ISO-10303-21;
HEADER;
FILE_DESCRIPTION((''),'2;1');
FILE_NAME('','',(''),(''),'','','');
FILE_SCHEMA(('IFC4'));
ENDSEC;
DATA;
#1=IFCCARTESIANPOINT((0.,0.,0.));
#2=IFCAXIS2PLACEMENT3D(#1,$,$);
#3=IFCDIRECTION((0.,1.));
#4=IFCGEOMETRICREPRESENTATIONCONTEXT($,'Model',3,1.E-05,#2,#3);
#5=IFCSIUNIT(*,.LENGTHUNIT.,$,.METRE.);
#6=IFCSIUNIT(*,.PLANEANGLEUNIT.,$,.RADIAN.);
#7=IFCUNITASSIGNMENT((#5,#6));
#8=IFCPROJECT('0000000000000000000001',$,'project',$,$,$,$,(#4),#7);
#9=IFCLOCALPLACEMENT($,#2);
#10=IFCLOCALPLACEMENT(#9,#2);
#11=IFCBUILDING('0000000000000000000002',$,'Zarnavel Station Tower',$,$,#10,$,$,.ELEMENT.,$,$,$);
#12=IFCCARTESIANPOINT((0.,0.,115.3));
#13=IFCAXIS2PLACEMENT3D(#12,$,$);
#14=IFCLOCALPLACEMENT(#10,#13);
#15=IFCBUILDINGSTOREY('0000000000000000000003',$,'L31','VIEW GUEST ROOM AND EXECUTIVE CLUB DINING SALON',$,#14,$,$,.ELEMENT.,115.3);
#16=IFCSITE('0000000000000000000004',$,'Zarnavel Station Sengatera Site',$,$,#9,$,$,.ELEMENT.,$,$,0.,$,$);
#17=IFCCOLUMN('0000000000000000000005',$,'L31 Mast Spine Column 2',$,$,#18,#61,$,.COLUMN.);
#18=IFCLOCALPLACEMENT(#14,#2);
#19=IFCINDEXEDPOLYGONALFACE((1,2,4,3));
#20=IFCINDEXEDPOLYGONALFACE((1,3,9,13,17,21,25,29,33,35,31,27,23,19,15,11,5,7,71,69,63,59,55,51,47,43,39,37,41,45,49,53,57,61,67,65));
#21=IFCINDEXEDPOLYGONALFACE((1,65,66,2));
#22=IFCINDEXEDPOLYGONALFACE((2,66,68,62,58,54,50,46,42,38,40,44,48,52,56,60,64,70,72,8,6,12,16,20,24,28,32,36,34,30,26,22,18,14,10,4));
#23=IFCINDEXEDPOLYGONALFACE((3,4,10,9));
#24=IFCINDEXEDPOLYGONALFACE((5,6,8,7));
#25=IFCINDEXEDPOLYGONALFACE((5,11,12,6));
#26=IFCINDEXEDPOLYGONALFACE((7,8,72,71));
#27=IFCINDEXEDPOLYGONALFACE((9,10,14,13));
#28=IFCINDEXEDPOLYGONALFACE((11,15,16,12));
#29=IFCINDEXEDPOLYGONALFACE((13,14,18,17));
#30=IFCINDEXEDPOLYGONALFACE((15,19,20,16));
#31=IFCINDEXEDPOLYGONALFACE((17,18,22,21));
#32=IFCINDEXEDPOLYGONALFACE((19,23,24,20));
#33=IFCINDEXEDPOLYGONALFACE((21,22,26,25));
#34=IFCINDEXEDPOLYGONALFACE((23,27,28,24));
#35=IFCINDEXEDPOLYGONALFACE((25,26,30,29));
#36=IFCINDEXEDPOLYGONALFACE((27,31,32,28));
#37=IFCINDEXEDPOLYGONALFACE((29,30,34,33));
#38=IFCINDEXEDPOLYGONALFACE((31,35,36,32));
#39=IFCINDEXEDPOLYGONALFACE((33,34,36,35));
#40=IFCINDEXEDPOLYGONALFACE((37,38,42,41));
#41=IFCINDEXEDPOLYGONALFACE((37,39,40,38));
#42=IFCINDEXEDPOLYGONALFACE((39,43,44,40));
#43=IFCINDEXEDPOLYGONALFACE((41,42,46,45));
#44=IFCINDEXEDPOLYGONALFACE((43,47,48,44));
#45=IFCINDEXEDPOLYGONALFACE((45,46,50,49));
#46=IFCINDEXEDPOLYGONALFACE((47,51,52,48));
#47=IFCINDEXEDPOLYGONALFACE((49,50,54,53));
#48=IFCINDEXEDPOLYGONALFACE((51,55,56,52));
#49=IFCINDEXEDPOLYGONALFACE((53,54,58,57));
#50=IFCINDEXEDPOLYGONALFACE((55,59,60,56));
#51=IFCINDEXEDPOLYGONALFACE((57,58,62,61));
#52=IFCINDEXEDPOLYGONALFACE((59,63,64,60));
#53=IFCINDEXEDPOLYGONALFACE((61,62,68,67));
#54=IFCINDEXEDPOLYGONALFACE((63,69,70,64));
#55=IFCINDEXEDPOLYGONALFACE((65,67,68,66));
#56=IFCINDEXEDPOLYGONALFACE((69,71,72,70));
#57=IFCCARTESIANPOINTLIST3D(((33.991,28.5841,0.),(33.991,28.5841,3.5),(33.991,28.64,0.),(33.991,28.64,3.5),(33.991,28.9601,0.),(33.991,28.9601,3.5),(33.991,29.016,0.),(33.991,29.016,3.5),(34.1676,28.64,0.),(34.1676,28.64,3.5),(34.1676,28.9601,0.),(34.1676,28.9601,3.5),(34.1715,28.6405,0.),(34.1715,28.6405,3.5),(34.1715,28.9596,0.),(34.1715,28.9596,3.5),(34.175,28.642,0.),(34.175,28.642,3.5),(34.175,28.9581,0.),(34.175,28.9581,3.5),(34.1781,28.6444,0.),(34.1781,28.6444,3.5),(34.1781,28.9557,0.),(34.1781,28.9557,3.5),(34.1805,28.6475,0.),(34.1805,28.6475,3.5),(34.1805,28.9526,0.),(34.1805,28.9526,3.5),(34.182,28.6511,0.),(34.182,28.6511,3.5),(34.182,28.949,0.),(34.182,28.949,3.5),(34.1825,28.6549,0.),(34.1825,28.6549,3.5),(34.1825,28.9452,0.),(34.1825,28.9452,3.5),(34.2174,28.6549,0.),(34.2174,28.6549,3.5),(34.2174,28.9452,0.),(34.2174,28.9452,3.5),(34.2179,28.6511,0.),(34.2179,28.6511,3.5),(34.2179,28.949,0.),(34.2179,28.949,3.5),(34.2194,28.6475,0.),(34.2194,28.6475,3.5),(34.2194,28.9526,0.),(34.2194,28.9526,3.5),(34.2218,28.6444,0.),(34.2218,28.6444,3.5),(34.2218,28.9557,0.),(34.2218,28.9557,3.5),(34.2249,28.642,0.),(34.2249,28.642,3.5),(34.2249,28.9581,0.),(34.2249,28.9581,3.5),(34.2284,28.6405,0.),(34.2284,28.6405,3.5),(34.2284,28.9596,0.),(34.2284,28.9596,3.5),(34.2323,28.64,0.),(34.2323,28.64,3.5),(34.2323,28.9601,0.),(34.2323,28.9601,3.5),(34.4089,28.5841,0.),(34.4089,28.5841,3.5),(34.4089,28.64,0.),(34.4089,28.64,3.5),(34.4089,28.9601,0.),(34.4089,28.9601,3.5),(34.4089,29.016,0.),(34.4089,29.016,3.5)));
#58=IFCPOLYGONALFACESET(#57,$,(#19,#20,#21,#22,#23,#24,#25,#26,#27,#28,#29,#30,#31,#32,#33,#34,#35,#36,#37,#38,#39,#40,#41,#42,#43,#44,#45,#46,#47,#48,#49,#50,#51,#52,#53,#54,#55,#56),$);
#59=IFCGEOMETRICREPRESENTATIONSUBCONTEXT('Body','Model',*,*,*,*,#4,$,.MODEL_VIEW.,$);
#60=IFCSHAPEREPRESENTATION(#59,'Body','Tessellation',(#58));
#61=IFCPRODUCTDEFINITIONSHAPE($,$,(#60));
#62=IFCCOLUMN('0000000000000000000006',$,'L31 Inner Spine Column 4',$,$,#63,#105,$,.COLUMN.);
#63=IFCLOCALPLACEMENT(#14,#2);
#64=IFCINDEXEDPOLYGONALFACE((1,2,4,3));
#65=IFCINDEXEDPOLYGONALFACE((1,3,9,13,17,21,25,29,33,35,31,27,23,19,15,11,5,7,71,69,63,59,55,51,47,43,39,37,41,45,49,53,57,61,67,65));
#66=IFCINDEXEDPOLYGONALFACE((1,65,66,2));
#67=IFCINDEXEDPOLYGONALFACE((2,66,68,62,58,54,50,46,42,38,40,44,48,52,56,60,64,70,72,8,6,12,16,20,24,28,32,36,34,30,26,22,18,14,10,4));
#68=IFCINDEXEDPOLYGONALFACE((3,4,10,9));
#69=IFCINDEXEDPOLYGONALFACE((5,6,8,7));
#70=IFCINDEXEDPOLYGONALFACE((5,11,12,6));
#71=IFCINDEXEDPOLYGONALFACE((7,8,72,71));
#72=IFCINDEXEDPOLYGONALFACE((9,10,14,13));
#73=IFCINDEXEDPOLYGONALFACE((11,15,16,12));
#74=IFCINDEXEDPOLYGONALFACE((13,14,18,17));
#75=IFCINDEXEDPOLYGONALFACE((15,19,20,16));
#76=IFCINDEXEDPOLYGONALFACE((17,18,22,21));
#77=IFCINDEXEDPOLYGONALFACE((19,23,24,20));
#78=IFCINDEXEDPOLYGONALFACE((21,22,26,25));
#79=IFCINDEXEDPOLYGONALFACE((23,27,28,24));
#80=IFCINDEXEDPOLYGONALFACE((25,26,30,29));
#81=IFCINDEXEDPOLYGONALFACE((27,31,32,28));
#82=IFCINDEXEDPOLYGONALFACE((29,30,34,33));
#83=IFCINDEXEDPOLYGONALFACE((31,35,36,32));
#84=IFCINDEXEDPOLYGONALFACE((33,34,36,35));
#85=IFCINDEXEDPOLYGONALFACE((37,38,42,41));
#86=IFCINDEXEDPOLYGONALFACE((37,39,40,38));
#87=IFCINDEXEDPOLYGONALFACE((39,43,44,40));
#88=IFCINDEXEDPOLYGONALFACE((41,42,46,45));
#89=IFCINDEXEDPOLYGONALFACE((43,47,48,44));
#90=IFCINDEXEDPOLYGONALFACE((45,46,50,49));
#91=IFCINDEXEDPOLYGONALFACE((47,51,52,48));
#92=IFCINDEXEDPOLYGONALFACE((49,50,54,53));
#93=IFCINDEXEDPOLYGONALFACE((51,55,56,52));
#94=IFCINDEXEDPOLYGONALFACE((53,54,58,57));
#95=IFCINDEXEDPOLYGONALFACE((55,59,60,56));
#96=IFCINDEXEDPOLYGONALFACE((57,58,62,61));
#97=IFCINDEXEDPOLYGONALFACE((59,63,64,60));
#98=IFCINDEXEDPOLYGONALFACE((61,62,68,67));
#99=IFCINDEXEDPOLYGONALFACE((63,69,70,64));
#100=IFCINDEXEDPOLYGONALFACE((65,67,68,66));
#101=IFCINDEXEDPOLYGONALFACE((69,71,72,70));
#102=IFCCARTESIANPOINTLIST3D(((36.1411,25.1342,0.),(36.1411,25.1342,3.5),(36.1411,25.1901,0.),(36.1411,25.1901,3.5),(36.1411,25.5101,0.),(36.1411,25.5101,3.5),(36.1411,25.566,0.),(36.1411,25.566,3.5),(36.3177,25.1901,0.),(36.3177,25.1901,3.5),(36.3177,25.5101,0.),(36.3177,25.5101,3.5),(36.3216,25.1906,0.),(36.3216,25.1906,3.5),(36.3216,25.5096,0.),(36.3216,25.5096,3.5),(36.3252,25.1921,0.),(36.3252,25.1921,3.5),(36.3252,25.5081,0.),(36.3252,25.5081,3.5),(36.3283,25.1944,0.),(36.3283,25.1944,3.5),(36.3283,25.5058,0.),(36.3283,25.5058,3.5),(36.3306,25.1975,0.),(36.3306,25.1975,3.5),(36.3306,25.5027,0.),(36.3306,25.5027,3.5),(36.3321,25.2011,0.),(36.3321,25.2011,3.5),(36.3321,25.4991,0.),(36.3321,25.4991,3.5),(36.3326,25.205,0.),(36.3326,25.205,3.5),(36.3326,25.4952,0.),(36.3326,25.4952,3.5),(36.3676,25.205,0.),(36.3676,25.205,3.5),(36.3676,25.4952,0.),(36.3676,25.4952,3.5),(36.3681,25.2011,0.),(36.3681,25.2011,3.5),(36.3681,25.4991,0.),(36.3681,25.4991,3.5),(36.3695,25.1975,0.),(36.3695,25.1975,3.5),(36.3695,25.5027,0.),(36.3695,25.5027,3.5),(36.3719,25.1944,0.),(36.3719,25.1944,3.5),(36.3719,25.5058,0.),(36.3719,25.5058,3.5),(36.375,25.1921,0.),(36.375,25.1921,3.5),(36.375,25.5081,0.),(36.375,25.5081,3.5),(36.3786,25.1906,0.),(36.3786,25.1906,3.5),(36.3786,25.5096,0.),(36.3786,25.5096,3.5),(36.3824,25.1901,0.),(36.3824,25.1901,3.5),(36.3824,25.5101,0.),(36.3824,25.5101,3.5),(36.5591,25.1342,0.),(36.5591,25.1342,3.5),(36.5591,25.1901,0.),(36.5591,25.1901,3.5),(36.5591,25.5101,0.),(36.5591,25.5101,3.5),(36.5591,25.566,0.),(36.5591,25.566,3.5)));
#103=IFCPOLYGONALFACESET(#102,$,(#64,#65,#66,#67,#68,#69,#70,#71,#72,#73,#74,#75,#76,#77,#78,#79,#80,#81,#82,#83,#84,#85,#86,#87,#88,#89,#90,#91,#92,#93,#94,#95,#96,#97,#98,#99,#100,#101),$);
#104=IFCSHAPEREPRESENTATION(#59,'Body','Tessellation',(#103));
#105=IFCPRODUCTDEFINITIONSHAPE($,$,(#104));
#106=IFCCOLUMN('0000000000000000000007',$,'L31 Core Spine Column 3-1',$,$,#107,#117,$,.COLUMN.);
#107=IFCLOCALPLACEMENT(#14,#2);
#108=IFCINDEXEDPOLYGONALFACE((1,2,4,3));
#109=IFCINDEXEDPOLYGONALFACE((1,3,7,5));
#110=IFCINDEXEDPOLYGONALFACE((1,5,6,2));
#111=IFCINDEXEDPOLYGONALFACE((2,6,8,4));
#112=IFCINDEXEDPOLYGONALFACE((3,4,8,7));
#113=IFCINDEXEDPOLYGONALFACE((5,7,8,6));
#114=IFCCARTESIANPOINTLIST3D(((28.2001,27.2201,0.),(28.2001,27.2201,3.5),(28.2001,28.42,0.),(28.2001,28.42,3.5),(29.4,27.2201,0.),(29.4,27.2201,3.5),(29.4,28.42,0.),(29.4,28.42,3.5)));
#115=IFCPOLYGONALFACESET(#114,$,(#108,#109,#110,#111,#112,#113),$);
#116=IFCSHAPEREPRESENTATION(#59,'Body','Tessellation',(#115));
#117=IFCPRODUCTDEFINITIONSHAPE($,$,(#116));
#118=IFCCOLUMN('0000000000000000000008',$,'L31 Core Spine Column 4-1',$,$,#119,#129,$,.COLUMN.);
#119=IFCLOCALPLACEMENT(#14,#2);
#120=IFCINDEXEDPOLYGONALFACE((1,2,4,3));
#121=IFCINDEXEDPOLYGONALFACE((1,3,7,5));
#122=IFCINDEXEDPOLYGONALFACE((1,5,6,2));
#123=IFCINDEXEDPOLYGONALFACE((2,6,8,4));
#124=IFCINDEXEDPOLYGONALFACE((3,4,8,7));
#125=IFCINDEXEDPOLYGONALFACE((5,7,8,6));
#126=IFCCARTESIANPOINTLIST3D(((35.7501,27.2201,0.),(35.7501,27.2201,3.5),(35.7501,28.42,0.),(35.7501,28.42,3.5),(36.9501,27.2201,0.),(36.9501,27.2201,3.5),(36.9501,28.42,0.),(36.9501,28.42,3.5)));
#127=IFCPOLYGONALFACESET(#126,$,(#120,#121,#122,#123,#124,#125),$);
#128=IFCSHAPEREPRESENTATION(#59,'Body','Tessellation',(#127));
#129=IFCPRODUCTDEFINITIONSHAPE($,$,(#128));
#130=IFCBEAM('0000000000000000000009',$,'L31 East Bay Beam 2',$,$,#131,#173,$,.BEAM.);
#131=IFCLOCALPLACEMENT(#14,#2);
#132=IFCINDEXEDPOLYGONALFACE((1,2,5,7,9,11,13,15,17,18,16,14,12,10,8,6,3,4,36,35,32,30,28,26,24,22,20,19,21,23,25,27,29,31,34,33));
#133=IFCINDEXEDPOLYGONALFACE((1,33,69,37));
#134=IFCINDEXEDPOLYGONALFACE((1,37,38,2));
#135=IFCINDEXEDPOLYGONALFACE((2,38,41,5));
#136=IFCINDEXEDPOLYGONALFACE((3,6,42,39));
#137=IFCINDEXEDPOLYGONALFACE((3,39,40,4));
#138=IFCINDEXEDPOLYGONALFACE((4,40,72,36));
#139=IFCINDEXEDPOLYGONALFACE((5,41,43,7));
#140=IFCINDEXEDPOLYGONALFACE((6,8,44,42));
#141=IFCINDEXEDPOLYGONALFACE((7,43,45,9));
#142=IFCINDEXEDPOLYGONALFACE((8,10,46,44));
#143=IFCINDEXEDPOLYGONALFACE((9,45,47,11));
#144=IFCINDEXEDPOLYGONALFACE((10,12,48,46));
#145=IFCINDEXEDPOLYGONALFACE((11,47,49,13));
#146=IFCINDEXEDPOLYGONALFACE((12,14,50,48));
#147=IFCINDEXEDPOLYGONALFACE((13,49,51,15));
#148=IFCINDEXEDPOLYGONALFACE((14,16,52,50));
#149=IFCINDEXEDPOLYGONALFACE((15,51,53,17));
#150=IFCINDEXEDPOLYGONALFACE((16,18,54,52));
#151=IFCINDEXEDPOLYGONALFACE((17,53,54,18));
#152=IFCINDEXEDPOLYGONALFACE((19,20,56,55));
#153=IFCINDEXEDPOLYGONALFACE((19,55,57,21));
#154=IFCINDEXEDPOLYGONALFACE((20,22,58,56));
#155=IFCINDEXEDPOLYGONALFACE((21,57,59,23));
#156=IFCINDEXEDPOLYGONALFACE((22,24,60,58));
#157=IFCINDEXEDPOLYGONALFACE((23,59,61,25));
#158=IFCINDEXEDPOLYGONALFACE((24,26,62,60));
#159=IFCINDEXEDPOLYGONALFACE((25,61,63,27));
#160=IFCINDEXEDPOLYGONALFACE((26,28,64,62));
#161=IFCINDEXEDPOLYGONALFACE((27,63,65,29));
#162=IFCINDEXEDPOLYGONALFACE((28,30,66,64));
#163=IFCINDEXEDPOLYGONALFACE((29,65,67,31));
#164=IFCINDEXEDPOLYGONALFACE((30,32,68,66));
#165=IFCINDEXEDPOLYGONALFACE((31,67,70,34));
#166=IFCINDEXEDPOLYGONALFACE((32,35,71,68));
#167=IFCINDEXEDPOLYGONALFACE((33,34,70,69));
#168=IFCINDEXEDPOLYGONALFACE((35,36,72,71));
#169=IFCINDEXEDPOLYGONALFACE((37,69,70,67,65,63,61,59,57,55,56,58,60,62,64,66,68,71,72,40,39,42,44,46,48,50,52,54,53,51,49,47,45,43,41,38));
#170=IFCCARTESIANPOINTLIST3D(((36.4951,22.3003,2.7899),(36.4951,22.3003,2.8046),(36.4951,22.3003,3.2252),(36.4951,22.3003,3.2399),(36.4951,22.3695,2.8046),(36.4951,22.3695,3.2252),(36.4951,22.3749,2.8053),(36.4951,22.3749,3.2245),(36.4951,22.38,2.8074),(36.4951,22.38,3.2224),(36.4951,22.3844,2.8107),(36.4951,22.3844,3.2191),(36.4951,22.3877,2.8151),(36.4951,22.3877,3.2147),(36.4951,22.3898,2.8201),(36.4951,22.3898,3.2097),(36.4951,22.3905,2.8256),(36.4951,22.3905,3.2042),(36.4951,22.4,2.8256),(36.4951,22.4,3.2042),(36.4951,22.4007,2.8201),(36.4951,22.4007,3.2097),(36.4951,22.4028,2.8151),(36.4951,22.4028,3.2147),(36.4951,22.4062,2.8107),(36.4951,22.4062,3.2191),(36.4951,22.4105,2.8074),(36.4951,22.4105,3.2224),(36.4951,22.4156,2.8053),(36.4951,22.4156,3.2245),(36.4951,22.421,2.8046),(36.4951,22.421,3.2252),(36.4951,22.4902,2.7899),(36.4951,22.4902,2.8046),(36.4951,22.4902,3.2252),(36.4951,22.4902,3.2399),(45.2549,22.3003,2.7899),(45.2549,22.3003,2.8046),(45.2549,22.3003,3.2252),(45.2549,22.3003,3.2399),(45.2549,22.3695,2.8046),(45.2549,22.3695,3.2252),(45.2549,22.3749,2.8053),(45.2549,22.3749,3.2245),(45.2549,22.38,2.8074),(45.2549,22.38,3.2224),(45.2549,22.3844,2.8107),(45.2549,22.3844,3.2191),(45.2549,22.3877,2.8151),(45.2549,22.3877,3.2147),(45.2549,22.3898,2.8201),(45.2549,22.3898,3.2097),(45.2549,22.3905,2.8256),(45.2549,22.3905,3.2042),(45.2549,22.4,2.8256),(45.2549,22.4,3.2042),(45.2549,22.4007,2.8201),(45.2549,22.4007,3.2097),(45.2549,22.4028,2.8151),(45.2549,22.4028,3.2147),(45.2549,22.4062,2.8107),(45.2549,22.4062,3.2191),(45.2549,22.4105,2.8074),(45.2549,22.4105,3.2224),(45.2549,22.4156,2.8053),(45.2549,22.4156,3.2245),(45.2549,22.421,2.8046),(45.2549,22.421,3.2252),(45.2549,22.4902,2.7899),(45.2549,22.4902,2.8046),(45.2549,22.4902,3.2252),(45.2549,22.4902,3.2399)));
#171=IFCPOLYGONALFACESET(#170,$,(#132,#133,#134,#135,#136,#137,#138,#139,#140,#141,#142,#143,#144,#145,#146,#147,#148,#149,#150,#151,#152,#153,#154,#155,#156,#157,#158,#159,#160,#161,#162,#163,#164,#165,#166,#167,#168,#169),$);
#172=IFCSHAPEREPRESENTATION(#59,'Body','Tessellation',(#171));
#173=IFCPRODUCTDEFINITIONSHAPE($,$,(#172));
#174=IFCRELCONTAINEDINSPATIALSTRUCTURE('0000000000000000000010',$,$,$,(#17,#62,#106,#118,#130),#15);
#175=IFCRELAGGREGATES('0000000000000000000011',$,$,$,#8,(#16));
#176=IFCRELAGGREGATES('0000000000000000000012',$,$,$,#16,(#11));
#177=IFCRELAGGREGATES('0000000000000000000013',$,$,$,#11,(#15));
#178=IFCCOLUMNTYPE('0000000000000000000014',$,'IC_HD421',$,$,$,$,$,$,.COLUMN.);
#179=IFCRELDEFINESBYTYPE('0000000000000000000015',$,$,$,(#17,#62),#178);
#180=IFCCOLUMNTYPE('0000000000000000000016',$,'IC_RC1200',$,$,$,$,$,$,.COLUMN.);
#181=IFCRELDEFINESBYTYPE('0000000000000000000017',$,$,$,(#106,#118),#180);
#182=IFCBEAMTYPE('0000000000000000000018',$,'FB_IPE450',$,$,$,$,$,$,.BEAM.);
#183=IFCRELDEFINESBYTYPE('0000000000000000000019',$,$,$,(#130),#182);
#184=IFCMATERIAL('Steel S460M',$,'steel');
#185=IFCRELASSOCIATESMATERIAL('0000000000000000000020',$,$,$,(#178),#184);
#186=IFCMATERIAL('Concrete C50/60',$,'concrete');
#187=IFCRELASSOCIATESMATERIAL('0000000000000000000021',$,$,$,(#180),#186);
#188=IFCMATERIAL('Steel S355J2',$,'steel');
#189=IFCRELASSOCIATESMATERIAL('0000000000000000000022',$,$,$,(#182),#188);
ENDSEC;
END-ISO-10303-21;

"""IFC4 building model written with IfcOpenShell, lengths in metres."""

from ifc_helpers import new_model, si_unit, direction, frame, origin, origin_2d, place, context, subcontext, project, spatial, rectangle, i_section, extrude, material, material_profile, profile_set, type_object, element, save


model = new_model("IFC4")

# Units and contexts
model_context = context("Model", 3, precision=1e-05, world=origin(), true_north=direction((0.0, 1.0)))
body_context = subcontext(model_context, "Body", "Model", "MODEL_VIEW")
ifc_project = project(units=[si_unit("LENGTHUNIT", "METRE"), si_unit("PLANEANGLEUNIT", "RADIAN")], contexts=[model_context])

# Site, building, storey
site_placement = place(None, origin())
site = spatial("IfcSite", under=ifc_project, at=site_placement, Name="Zarnavel Station Sengatera Site", CompositionType="ELEMENT", RefElevation=0.0)
building_placement = place(site_placement, origin())
building = spatial("IfcBuilding", under=site, at=building_placement, Name="Zarnavel Station Tower", CompositionType="ELEMENT")
storey_placement = place(building_placement, frame((0.0, 0.0, 115.3)))
storey = spatial("IfcBuildingStorey", under=building, at=storey_placement, Name="L31", Description="VIEW GUEST ROOM AND EXECUTIVE CLUB DINING SALON", CompositionType="ELEMENT", Elevation=115.3)

# Columns
ifc_material_1 = material(Name="Steel S460M", Category="steel")
ifc_material_profile_1 = material_profile(ifc_material_1, i_section(OverallWidth=0.418, OverallDepth=0.4319, WebThickness=0.0349, FlangeThickness=0.0559, FilletRadius=0.0149, at=origin_2d()), Name="HD400x421")
ifc_profile_set_1 = profile_set([ifc_material_profile_1], Name="Steel S460M")
column_type_1 = type_object("IfcColumnType", Name="IC_HD421", PredefinedType="COLUMN", material=ifc_profile_set_1)
for number, where, z_axis, x_axis, name in (
    (1, (34.2, 28.8, 0.0), (0.0, 0.0, 1.0), (1.0, 0.0, 0.0), "L31 Mast Spine Column 2"),
    (2, (36.3501, 25.3501, 0.0), (0.0, 0.0, 1.0), (1.0, 0.0, 0.0), "L31 Inner Spine Column 4"),
):
    element("IfcColumn", number, at=place(storey_placement, frame(where, z_axis=z_axis, x_axis=x_axis)), inside=storey, type_object=column_type_1, Name=name, PredefinedType="COLUMN", context=body_context, shape_type="SweptSolid", body=[
        extrude(i_section(OverallWidth=0.418, OverallDepth=0.4319, WebThickness=0.0349, FlangeThickness=0.0559, FilletRadius=0.0149, at=origin_2d()), origin(), (0.0, 0.0, 1.0), 3.5),
    ])
ifc_material_2 = material(Name="Concrete C50/60", Category="concrete")
ifc_material_profile_2 = material_profile(ifc_material_2, rectangle(XDim=1.2, YDim=1.2, at=origin_2d()), Name="RC1200x1200")
ifc_profile_set_2 = profile_set([ifc_material_profile_2], Name="Concrete C50/60")
column_type_2 = type_object("IfcColumnType", Name="IC_RC1200", PredefinedType="COLUMN", material=ifc_profile_set_2)
for number, where, z_axis, x_axis, name in (
    (3, (28.8, 27.8201, 0.0), (0.0, 0.0, 1.0), (1.0, 0.0, 0.0), "L31 Core Spine Column 3-1"),
    (4, (36.3501, 27.8201, 0.0), (0.0, 0.0, 1.0), (1.0, 0.0, 0.0), "L31 Core Spine Column 4-1"),
):
    element("IfcColumn", number, at=place(storey_placement, frame(where, z_axis=z_axis, x_axis=x_axis)), inside=storey, type_object=column_type_2, Name=name, PredefinedType="COLUMN", context=body_context, shape_type="SweptSolid", body=[
        extrude(rectangle(XDim=1.2, YDim=1.2, at=origin_2d()), origin(), (0.0, 0.0, 1.0), 3.5),
    ])

# Beam
ifc_material_3 = material(Name="Steel S355J2", Category="steel")
ifc_material_profile_3 = material_profile(ifc_material_3, i_section(OverallWidth=0.1899, OverallDepth=0.45, WebThickness=0.0095, FlangeThickness=0.0146, FilletRadius=0.021, at=origin_2d()), Name="IPE450")
ifc_profile_set_3 = profile_set([ifc_material_profile_3], Name="Steel S355J2")
beam_type_1 = type_object("IfcBeamType", Name="FB_IPE450", PredefinedType="BEAM", material=ifc_profile_set_3)
beam_1_placement = place(storey_placement, frame((36.4951, 22.3953, 3.0149), z_axis=(1.0, 0.0, 0.0), x_axis=(0.0, 1.0, 0.0)))
element("IfcBeam", 5, at=beam_1_placement, inside=storey, type_object=beam_type_1, Name="L31 East Bay Beam 2", PredefinedType="BEAM", context=body_context, shape_type="SweptSolid", body=[
    extrude(i_section(OverallWidth=0.1899, OverallDepth=0.45, WebThickness=0.0095, FlangeThickness=0.0146, FilletRadius=0.021, at=origin_2d()), origin(), (0.0, 0.0, 1.0), 8.7598),
])

save(model, "model.ifc")
